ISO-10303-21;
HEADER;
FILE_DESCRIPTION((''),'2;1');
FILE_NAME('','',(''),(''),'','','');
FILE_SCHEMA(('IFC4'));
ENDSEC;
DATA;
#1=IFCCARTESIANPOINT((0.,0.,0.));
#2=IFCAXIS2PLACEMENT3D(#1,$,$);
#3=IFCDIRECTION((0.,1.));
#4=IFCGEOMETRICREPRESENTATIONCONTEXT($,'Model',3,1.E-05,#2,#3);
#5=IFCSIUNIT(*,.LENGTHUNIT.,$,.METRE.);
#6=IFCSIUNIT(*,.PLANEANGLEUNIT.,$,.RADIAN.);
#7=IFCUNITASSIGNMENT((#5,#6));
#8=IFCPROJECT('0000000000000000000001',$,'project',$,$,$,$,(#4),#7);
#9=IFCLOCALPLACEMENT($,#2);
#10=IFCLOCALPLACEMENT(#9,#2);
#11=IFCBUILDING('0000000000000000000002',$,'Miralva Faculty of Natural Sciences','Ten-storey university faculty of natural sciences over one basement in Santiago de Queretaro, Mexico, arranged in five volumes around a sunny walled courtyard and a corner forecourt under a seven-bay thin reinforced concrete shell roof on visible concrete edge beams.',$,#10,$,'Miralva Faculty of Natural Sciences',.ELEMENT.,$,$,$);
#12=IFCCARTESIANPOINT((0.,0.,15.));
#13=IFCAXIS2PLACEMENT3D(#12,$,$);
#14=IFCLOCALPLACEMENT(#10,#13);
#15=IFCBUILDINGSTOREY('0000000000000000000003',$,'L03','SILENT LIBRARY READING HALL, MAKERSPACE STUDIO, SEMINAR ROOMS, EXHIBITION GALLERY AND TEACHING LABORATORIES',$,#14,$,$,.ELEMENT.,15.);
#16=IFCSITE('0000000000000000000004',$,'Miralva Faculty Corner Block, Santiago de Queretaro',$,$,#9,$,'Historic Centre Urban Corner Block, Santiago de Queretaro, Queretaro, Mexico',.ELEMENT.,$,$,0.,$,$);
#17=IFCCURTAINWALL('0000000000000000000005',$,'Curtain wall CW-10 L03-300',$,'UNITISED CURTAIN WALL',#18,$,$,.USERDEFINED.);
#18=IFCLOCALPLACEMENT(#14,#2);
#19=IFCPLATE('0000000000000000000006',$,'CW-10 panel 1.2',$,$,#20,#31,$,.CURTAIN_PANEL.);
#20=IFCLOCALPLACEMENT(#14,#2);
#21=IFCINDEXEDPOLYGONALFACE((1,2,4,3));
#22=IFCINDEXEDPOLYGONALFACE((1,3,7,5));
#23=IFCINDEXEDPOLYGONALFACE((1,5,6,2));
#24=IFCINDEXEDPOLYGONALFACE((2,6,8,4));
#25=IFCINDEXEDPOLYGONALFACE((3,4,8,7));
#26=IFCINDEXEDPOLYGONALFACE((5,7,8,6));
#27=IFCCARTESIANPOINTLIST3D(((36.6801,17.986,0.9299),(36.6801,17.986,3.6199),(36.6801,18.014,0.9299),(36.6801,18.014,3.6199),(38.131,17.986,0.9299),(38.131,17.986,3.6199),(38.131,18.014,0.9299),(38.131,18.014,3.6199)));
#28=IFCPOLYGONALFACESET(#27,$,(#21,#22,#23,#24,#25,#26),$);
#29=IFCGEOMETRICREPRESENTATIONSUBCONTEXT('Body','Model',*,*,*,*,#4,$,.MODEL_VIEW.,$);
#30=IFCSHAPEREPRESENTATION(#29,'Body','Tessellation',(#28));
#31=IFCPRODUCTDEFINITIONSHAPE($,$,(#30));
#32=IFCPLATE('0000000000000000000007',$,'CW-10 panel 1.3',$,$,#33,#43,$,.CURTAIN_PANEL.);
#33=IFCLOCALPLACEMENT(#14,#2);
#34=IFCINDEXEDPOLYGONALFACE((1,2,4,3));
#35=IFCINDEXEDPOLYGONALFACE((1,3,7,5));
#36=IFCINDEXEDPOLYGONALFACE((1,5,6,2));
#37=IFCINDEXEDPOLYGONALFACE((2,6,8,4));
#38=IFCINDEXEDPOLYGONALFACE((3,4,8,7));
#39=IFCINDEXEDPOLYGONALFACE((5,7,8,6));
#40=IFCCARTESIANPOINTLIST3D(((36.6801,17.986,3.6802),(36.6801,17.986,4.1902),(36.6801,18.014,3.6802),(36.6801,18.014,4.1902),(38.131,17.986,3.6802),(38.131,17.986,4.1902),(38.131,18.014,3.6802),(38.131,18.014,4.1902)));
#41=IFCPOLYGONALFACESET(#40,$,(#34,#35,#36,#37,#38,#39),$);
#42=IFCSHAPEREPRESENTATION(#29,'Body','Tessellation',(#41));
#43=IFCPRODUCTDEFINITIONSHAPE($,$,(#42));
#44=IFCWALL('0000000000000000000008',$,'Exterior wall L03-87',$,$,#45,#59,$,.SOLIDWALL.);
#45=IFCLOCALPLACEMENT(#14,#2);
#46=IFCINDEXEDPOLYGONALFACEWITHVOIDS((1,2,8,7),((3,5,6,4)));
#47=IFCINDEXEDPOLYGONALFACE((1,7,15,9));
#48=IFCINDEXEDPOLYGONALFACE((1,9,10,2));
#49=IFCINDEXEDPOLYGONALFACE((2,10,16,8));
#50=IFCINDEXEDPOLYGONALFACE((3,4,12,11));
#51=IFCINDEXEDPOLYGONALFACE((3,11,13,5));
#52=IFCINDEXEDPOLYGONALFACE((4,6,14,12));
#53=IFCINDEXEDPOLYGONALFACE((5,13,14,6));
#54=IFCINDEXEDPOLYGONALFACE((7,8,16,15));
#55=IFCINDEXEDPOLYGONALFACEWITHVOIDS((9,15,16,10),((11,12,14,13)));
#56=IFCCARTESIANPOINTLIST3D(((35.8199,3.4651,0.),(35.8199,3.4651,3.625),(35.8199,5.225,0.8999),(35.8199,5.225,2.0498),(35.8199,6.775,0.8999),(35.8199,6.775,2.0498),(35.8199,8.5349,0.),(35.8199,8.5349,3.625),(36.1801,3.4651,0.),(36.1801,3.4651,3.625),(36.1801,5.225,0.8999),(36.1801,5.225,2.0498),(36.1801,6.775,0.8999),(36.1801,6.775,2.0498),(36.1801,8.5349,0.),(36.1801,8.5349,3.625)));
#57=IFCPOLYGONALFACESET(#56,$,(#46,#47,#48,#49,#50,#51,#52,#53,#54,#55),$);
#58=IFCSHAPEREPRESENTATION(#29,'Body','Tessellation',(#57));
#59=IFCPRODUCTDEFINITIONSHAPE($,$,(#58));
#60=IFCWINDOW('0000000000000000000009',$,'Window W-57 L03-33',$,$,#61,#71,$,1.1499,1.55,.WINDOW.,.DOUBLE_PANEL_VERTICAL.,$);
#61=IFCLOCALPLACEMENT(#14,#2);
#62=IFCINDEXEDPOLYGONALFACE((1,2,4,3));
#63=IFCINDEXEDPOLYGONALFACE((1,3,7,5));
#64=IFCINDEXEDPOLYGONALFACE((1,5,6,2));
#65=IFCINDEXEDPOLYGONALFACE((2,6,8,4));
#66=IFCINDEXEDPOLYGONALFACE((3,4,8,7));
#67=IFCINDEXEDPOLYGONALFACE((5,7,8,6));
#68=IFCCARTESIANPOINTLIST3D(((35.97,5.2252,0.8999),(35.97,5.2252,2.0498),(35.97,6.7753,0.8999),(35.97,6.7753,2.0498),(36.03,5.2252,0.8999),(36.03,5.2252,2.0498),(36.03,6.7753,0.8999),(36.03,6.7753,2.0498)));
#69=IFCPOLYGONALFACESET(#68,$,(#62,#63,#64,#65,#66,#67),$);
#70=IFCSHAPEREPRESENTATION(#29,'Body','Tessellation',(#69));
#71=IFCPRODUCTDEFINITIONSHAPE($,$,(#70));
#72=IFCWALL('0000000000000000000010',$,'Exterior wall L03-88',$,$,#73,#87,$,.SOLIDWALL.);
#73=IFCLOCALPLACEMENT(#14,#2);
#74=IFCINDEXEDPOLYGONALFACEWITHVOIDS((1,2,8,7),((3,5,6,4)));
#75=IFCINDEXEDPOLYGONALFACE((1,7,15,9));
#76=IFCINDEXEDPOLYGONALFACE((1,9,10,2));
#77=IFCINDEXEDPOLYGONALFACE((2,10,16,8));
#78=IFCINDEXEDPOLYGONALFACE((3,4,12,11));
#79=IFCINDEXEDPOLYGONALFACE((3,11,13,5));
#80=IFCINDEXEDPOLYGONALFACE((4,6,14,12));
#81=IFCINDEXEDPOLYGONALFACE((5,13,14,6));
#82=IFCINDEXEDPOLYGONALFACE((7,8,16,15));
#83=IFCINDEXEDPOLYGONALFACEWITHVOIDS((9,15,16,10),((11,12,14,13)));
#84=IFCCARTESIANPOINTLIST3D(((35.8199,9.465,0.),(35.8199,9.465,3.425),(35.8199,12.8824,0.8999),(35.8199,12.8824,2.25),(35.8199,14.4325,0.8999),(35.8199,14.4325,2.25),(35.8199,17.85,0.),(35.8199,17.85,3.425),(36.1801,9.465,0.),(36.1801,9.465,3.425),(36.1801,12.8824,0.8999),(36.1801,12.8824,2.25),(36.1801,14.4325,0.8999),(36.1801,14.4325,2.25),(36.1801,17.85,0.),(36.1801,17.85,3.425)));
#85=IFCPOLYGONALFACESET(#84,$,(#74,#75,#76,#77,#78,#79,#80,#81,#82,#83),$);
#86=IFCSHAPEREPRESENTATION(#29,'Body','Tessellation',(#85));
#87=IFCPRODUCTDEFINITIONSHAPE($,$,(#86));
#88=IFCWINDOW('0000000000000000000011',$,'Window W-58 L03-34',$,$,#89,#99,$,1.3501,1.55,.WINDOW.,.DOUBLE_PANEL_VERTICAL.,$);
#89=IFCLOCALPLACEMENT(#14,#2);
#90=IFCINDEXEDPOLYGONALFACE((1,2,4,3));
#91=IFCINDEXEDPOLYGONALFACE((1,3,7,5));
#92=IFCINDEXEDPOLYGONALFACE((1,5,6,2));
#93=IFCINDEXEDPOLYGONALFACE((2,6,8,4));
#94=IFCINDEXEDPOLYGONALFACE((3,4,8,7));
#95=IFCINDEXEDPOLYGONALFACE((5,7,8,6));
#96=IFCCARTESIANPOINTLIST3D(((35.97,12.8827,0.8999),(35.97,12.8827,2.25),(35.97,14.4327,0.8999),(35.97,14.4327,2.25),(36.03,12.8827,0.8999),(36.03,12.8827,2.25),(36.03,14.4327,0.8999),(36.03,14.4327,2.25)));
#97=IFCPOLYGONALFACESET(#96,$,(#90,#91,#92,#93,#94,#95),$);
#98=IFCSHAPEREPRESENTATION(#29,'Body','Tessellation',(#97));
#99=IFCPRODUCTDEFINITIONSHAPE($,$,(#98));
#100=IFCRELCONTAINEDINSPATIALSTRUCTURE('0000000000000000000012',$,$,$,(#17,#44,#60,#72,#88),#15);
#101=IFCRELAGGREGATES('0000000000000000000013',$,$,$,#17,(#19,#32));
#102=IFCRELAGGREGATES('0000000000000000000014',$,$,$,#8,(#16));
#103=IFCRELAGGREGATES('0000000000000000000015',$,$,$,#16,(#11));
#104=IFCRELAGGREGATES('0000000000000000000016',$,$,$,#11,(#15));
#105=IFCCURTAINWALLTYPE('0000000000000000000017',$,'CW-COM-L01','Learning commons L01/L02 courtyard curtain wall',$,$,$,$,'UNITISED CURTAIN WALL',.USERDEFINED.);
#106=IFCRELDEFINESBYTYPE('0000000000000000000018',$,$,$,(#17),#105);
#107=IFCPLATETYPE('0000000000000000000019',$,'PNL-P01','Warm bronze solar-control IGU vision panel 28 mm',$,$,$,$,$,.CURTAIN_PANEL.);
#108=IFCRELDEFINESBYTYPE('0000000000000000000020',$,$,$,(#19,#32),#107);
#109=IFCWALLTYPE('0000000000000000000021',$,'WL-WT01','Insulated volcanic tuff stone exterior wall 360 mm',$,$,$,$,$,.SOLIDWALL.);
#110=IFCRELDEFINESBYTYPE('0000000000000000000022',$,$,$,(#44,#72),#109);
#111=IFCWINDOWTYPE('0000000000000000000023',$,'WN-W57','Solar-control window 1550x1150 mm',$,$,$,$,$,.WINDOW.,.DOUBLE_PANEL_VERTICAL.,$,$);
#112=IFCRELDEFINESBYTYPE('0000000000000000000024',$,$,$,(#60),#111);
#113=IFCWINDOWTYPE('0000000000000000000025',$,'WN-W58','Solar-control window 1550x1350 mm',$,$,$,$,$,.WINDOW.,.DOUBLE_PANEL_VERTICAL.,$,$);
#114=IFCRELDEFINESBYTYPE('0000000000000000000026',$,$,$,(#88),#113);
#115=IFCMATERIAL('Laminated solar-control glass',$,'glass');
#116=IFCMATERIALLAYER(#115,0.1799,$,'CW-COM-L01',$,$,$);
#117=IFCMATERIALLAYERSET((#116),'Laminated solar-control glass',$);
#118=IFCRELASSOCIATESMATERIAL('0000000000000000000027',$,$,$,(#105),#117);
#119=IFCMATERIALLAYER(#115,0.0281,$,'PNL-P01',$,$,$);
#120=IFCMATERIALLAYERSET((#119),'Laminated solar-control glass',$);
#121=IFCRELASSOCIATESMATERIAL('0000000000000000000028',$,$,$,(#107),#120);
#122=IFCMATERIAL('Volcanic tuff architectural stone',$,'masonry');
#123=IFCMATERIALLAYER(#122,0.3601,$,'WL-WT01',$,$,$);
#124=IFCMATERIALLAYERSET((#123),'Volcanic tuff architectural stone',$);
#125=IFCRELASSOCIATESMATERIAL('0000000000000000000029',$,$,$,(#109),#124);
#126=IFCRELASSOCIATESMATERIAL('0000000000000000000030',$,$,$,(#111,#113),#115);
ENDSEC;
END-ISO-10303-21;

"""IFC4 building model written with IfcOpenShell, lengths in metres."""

from ifc_helpers import new_model, si_unit, direction, frame, frame_2d, origin, origin_2d, place, context, subcontext, project, spatial, rectangle, extrude, material, layer, layer_set, type_object, element, fill, aggregate, save


model = new_model("IFC4")

# Units and contexts
model_context = context("Model", 3, precision=1e-05, world=origin(), true_north=direction((0.0, 1.0)))
body_context = subcontext(model_context, "Body", "Model", "MODEL_VIEW")
ifc_project = project(units=[si_unit("LENGTHUNIT", "METRE"), si_unit("PLANEANGLEUNIT", "RADIAN")], contexts=[model_context])

# Site, building, storey
site_placement = place(None, origin())
site = spatial("IfcSite", under=ifc_project, at=site_placement, Name="Miralva Faculty Corner Block, Santiago de Queretaro", LongName="Historic Centre Urban Corner Block, Santiago de Queretaro, Queretaro, Mexico", CompositionType="ELEMENT", RefElevation=0.0)
building_placement = place(site_placement, origin())
building = spatial("IfcBuilding", under=site, at=building_placement, Name="Miralva Faculty of Natural Sciences", Description="Ten-storey university faculty of natural sciences over one basement in Santiago de Queretaro, Mexico, arranged in five volumes around a sunny walled courtyard and a corner forecourt under a seven-bay thin reinforced concrete shell roof on visible concrete edge beams.", LongName="Miralva Faculty of Natural Sciences", CompositionType="ELEMENT")
storey_placement = place(building_placement, frame((0.0, 0.0, 15.0)))
storey = spatial("IfcBuildingStorey", under=building, at=storey_placement, Name="L03", Description="SILENT LIBRARY READING HALL, MAKERSPACE STUDIO, SEMINAR ROOMS, EXHIBITION GALLERY AND TEACHING LABORATORIES", CompositionType="ELEMENT", Elevation=15.0)

# Curtain wall, plates
ifc_material_1 = material(Name="Laminated solar-control glass", Category="glass")
ifc_layer_1 = layer(ifc_material_1, 0.1799, Name="CW-COM-L01")
ifc_layer_set_1 = layer_set([ifc_layer_1], Name="Laminated solar-control glass")
curtain_wall_type = type_object("IfcCurtainWallType", Name="CW-COM-L01", Description="Learning commons L01/L02 courtyard curtain wall", ElementType="UNITISED CURTAIN WALL", PredefinedType="USERDEFINED", material=ifc_layer_set_1)
curtain_wall_placement = place(storey_placement, origin())
curtain_wall = element("IfcCurtainWall", 1, at=curtain_wall_placement, inside=storey, type_object=curtain_wall_type, Name="Curtain wall CW-10 L03-300", ObjectType="UNITISED CURTAIN WALL", PredefinedType="USERDEFINED")
ifc_layer_2 = layer(ifc_material_1, 0.0281, Name="PNL-P01")
ifc_layer_set_2 = layer_set([ifc_layer_2], Name="Laminated solar-control glass")
plate_type = type_object("IfcPlateType", Name="PNL-P01", Description="Warm bronze solar-control IGU vision panel 28 mm", PredefinedType="CURTAIN_PANEL", material=ifc_layer_set_2)
plate_1_placement = place(storey_placement, frame((37.4055, 18.0, 0.9299), z_axis=(0.0, 0.0, 1.0), x_axis=(1.0, 0.0, 0.0)))
plate_1 = element("IfcPlate", 2, at=plate_1_placement, type_object=plate_type, Name="CW-10 panel 1.2", PredefinedType="CURTAIN_PANEL", context=body_context, shape_type="SweptSolid", body=[
    extrude(rectangle(XDim=1.4509, YDim=0.0281, at=origin_2d()), origin(), (0.0, 0.0, 1.0), 2.6899),
])
plate_2_placement = place(storey_placement, frame((37.4055, 18.0, 3.6802), z_axis=(0.0, 0.0, 1.0), x_axis=(1.0, 0.0, 0.0)))
plate_2 = element("IfcPlate", 3, at=plate_2_placement, type_object=plate_type, Name="CW-10 panel 1.3", PredefinedType="CURTAIN_PANEL", context=body_context, shape_type="SweptSolid", body=[
    extrude(rectangle(XDim=1.4509, YDim=0.0281, at=origin_2d()), origin(), (0.0, 0.0, 1.0), 0.51),
])
aggregate(curtain_wall, [plate_1, plate_2])

# Walls, openings, windows
ifc_material_2 = material(Name="Volcanic tuff architectural stone", Category="masonry")
ifc_layer_3 = layer(ifc_material_2, 0.3601, Name="WL-WT01")
ifc_layer_set_3 = layer_set([ifc_layer_3], Name="Volcanic tuff architectural stone")
wall_type = type_object("IfcWallType", Name="WL-WT01", Description="Insulated volcanic tuff stone exterior wall 360 mm", PredefinedType="SOLIDWALL", material=ifc_layer_set_3)
wall_1_placement = place(storey_placement, frame((36.0, 3.4651, 0.0), z_axis=(0.0, 0.0, 1.0), x_axis=(0.0, 1.0, 0.0)))
wall_1 = element("IfcWall", 4, at=wall_1_placement, inside=storey, type_object=wall_type, Name="Exterior wall L03-87", PredefinedType="SOLIDWALL", context=body_context, shape_type="SweptSolid", body=[
    extrude(rectangle(XDim=5.0698, YDim=0.3601, at=frame_2d((2.5349, 0.0))), origin(), (0.0, 0.0, 1.0), 3.625),
])
opening_1_placement = place(wall_1_placement, frame((1.76, 0.0, 0.8999)))
opening_1 = element("IfcOpeningElement", 5, at=opening_1_placement, cuts=wall_1, PredefinedType="OPENING", context=body_context, shape_type="SweptSolid", body=[
    extrude(rectangle(XDim=1.55, YDim=1.1499, at=frame_2d((0.7749, 0.575))), frame((0.0, 0.1899, 0.0), z_axis=(0.0, -1.0, 0.0), x_axis=(1.0, 0.0, 0.0)), (0.0, 0.0, 1.0), 0.3801),
])
window_type_1 = type_object("IfcWindowType", Name="WN-W57", Description="Solar-control window 1550x1150 mm", PartitioningType="DOUBLE_PANEL_VERTICAL", PredefinedType="WINDOW", material=ifc_material_1)
window_1_placement = place(opening_1_placement, frame((1.55, 0.0, 0.0), z_axis=(0.0, 0.0, 1.0), x_axis=(-1.0, 0.0, 0.0)))
window_1 = element("IfcWindow", 6, at=window_1_placement, inside=storey, type_object=window_type_1, Name="Window W-57 L03-33", OverallHeight=1.1499, OverallWidth=1.55, PartitioningType="DOUBLE_PANEL_VERTICAL", PredefinedType="WINDOW", context=body_context, shape_type="SweptSolid", body=[
    extrude(rectangle(XDim=1.55, YDim=1.1499, at=frame_2d((0.7749, 0.575))), frame((0.0, 0.03, 0.0), z_axis=(0.0, -1.0, 0.0), x_axis=(1.0, 0.0, 0.0)), (0.0, 0.0, 1.0), 0.0601),
])
fill(opening_1, window_1)
wall_2_placement = place(storey_placement, frame((36.0, 9.4651, 0.0), z_axis=(0.0, 0.0, 1.0), x_axis=(0.0, 1.0, 0.0)))
wall_2 = element("IfcWall", 7, at=wall_2_placement, inside=storey, type_object=wall_type, Name="Exterior wall L03-88", PredefinedType="SOLIDWALL", context=body_context, shape_type="SweptSolid", body=[
    extrude(rectangle(XDim=8.385, YDim=0.3601, at=frame_2d((4.1924, 0.0))), origin(), (0.0, 0.0, 1.0), 3.425),
])
opening_2_placement = place(wall_2_placement, frame((3.4175, 0.0, 0.8999)))
opening_2 = element("IfcOpeningElement", 8, at=opening_2_placement, cuts=wall_2, PredefinedType="OPENING", context=body_context, shape_type="SweptSolid", body=[
    extrude(rectangle(XDim=1.55, YDim=1.3501, at=frame_2d((0.7749, 0.675))), frame((0.0, 0.1899, 0.0), z_axis=(0.0, -1.0, 0.0), x_axis=(1.0, 0.0, 0.0)), (0.0, 0.0, 1.0), 0.3801),
])
window_type_2 = type_object("IfcWindowType", Name="WN-W58", Description="Solar-control window 1550x1350 mm", PartitioningType="DOUBLE_PANEL_VERTICAL", PredefinedType="WINDOW", material=ifc_material_1)
window_2_placement = place(opening_2_placement, frame((1.55, 0.0, 0.0), z_axis=(0.0, 0.0, 1.0), x_axis=(-1.0, 0.0, 0.0)))
window_2 = element("IfcWindow", 9, at=window_2_placement, inside=storey, type_object=window_type_2, Name="Window W-58 L03-34", OverallHeight=1.3501, OverallWidth=1.55, PartitioningType="DOUBLE_PANEL_VERTICAL", PredefinedType="WINDOW", context=body_context, shape_type="SweptSolid", body=[
    extrude(rectangle(XDim=1.55, YDim=1.3501, at=frame_2d((0.7749, 0.675))), frame((0.0, 0.03, 0.0), z_axis=(0.0, -1.0, 0.0), x_axis=(1.0, 0.0, 0.0)), (0.0, 0.0, 1.0), 0.0601),
])
fill(opening_2, window_2)

save(model, "model.ifc")
